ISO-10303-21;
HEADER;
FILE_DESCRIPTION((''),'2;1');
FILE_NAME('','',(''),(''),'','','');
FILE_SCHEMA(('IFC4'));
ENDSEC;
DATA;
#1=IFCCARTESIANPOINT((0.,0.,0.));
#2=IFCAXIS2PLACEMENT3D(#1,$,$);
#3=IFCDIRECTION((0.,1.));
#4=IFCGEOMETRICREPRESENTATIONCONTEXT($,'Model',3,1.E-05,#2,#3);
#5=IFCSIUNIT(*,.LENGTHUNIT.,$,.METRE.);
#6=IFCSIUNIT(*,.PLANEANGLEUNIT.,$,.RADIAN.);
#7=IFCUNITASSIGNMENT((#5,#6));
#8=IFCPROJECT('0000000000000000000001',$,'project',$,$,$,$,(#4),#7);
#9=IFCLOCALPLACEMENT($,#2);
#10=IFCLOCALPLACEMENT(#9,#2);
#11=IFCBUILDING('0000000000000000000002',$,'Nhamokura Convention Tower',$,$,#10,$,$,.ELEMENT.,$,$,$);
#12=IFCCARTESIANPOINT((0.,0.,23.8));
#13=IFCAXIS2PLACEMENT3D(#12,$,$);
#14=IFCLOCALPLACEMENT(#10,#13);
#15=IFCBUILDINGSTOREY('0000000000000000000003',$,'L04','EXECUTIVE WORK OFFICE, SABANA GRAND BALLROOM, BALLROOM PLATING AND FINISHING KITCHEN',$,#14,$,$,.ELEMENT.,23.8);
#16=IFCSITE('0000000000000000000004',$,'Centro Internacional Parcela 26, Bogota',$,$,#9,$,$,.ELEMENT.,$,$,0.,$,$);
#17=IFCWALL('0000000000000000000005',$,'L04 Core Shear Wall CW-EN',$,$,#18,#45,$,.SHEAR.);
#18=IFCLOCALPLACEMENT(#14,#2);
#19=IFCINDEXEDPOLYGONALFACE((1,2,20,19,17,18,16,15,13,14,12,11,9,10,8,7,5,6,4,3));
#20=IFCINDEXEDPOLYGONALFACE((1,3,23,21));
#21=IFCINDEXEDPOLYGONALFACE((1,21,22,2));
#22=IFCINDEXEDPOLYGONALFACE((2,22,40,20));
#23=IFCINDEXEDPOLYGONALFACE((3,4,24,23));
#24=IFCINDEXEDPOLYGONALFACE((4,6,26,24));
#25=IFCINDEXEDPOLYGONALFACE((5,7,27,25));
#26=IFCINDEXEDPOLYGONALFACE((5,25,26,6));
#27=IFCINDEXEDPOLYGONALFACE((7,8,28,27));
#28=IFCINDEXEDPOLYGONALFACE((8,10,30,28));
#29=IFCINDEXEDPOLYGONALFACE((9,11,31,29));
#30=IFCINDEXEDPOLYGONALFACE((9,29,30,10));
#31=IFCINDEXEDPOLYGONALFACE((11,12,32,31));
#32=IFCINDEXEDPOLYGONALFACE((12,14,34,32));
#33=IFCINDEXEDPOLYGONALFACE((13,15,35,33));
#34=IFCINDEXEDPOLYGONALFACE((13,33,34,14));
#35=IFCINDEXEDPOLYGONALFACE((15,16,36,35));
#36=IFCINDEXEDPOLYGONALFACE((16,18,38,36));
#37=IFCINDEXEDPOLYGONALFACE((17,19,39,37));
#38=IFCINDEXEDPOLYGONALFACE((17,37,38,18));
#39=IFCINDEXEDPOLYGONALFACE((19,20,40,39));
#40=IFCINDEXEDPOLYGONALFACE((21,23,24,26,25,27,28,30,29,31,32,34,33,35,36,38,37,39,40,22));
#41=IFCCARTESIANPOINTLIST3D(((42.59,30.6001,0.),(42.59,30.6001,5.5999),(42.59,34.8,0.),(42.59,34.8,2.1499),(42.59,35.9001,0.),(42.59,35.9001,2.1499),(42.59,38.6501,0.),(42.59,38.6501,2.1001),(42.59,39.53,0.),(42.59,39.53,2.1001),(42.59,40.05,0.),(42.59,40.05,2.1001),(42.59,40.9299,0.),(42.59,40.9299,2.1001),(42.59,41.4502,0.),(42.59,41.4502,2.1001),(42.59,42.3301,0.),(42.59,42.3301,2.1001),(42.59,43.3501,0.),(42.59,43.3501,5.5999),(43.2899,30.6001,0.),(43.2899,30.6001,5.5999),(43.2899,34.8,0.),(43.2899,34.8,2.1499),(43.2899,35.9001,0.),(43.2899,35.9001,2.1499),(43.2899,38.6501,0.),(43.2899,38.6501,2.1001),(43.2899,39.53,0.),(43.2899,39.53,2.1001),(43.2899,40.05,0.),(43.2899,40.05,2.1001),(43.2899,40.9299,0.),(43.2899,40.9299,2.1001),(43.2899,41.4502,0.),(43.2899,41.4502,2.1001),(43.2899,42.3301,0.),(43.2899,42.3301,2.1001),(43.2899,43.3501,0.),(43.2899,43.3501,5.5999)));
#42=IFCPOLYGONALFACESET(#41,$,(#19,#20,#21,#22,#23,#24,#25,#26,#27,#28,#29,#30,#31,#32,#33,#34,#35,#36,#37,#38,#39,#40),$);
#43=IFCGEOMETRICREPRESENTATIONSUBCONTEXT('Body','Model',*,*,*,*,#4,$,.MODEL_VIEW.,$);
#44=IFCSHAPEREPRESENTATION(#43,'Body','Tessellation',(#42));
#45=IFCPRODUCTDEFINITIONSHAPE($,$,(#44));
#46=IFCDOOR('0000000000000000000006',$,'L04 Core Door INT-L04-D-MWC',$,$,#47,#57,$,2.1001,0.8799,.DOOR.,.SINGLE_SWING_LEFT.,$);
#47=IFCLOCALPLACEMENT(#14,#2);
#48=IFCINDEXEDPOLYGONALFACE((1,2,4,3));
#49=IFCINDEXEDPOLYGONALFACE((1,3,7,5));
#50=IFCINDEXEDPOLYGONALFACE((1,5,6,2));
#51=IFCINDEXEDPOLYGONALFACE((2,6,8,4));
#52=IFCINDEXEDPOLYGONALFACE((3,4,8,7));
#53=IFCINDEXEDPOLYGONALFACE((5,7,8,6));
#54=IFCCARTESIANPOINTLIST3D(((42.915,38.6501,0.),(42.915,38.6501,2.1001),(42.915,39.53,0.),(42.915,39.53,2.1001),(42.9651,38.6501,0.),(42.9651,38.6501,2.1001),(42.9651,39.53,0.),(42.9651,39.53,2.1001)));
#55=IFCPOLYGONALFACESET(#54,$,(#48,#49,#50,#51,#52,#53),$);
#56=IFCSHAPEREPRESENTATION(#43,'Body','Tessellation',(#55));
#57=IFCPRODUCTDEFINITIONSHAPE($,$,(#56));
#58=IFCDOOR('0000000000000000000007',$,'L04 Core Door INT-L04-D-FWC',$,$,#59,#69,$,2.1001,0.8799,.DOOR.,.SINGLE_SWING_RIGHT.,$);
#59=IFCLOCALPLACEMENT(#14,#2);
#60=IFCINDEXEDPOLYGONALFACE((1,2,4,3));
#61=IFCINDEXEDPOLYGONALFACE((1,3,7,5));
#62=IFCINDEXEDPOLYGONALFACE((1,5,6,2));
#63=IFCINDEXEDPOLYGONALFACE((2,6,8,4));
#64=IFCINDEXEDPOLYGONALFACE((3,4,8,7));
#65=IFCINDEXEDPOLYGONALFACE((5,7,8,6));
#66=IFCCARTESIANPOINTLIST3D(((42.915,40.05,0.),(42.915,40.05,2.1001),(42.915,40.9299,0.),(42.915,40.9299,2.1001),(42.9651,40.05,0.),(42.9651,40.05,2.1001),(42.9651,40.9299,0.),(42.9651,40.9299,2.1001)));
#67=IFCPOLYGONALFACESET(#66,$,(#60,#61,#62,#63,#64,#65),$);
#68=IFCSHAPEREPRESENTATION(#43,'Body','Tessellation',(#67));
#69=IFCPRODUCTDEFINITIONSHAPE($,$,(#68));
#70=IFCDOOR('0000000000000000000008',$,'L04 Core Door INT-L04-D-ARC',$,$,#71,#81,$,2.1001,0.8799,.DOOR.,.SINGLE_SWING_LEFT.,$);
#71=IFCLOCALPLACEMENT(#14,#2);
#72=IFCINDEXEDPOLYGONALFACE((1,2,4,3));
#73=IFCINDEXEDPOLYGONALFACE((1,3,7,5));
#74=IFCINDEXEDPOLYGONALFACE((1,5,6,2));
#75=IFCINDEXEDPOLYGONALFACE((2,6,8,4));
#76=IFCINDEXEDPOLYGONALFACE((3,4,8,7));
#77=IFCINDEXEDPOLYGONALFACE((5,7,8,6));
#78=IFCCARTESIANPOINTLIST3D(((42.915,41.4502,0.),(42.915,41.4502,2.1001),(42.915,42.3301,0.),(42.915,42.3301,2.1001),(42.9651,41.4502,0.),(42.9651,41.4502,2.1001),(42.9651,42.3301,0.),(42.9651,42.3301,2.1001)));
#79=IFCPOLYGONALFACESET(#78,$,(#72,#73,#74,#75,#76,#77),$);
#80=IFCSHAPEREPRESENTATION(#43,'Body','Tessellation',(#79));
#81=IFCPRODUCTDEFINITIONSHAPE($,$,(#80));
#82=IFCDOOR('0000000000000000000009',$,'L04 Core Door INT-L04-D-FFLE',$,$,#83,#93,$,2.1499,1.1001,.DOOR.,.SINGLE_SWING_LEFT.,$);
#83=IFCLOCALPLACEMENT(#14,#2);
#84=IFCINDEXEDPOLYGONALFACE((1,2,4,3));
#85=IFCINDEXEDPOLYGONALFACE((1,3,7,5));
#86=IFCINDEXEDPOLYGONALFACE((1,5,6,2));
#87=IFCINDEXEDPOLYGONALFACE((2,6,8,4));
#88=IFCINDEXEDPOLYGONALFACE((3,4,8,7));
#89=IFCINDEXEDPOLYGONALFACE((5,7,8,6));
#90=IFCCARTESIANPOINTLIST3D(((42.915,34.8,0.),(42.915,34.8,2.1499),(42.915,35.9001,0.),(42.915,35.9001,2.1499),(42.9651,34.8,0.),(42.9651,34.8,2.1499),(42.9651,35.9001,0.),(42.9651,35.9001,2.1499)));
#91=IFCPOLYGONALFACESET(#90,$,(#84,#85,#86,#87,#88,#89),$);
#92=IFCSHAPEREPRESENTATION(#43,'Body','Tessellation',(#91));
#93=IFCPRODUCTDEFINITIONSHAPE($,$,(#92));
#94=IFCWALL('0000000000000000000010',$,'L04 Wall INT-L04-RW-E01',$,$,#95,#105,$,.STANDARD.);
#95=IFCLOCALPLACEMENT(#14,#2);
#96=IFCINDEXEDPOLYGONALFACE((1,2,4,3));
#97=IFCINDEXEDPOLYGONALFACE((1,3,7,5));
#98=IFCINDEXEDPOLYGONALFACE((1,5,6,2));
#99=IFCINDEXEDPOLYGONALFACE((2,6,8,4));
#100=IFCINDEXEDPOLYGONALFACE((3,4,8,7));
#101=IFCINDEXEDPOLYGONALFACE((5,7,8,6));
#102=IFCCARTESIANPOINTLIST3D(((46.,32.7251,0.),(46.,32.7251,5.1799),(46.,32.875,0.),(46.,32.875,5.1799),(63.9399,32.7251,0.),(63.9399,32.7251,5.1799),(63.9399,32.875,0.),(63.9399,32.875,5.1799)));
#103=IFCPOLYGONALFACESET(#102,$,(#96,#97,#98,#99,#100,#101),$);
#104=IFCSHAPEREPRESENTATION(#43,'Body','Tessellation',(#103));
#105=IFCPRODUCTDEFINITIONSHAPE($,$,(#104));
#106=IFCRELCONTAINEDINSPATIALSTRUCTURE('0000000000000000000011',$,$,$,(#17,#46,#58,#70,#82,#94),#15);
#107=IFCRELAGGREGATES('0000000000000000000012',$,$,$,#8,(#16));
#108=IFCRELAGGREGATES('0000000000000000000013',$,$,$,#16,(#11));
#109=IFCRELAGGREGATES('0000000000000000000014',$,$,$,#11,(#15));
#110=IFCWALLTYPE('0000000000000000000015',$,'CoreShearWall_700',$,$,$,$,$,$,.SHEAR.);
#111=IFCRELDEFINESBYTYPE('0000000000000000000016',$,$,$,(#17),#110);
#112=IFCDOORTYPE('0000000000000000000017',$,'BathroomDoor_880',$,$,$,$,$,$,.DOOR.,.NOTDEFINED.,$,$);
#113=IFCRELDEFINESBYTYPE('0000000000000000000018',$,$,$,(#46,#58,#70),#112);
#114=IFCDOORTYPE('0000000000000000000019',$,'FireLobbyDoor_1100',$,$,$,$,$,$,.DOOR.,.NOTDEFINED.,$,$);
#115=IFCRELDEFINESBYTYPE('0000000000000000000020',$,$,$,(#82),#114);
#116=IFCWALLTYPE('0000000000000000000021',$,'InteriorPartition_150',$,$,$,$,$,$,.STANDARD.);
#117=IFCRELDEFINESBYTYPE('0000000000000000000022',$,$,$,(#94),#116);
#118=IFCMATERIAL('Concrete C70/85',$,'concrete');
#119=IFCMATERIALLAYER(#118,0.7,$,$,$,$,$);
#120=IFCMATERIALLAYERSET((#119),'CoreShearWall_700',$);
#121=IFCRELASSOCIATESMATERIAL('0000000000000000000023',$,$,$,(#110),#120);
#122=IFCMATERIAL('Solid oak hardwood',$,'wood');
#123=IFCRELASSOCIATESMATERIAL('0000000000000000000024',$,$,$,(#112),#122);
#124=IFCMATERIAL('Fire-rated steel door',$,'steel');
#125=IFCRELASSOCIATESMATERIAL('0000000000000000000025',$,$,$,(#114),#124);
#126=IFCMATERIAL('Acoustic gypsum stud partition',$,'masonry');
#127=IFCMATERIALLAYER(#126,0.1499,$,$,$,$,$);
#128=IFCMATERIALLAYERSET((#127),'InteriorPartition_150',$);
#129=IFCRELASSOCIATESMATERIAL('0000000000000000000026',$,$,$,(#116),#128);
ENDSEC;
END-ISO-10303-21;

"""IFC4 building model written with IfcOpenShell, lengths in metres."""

from ifc_helpers import new_model, si_unit, direction, frame, frame_2d, origin, place, context, subcontext, project, spatial, rectangle, extrude, material, layer, layer_set, type_object, element, fill, save


model = new_model("IFC4")

# Units and contexts
model_context = context("Model", 3, precision=1e-05, world=origin(), true_north=direction((0.0, 1.0)))
body_context = subcontext(model_context, "Body", "Model", "MODEL_VIEW")
ifc_project = project(units=[si_unit("LENGTHUNIT", "METRE"), si_unit("PLANEANGLEUNIT", "RADIAN")], contexts=[model_context])

# Site, building, storey
site_placement = place(None, origin())
site = spatial("IfcSite", under=ifc_project, at=site_placement, Name="Centro Internacional Parcela 26, Bogota", CompositionType="ELEMENT", RefElevation=0.0)
building_placement = place(site_placement, origin())
building = spatial("IfcBuilding", under=site, at=building_placement, Name="Nhamokura Convention Tower", CompositionType="ELEMENT")
storey_placement = place(building_placement, frame((0.0, 0.0, 23.8)))
storey = spatial("IfcBuildingStorey", under=building, at=storey_placement, Name="L04", Description="EXECUTIVE WORK OFFICE, SABANA GRAND BALLROOM, BALLROOM PLATING AND FINISHING KITCHEN", CompositionType="ELEMENT", Elevation=23.8)

# Wall, openings, doors
ifc_material_1 = material(Name="Concrete C70/85", Category="concrete")
ifc_layer_1 = layer(ifc_material_1, 0.7)
ifc_layer_set_1 = layer_set([ifc_layer_1], Name="CoreShearWall_700")
wall_type_1 = type_object("IfcWallType", Name="CoreShearWall_700", PredefinedType="SHEAR", material=ifc_layer_set_1)
wall_1_placement = place(storey_placement, frame((42.9399, 30.6001, 0.0), z_axis=(0.0, 0.0, 1.0), x_axis=(0.0, 1.0, 0.0)))
wall_1 = element("IfcWall", 1, at=wall_1_placement, inside=storey, type_object=wall_type_1, Name="L04 Core Shear Wall CW-EN", PredefinedType="SHEAR", context=body_context, shape_type="SweptSolid", body=[
    extrude(rectangle(XDim=12.75, YDim=0.7, at=frame_2d((6.375, 0.0))), origin(), (0.0, 0.0, 1.0), 5.5999),
])
opening_1_placement = place(wall_1_placement, frame((4.2, 0.0, 0.0)))
opening_1 = element("IfcOpeningElement", 2, at=opening_1_placement, cuts=wall_1, PredefinedType="OPENING", context=body_context, shape_type="SweptSolid", body=[
    extrude(rectangle(XDim=1.1001, YDim=2.1499, at=frame_2d((0.55, 1.075))), frame((0.0, 0.3599, 0.0), z_axis=(0.0, -1.0, 0.0), x_axis=(1.0, 0.0, 0.0)), (0.0, 0.0, 1.0), 0.72),
])
opening_2_placement = place(wall_1_placement, frame((8.05, 0.0, 0.0)))
opening_2 = element("IfcOpeningElement", 3, at=opening_2_placement, cuts=wall_1, PredefinedType="OPENING", context=body_context, shape_type="SweptSolid", body=[
    extrude(rectangle(XDim=0.8799, YDim=2.1001, at=frame_2d((0.4399, 1.05))), frame((0.0, 0.3599, 0.0), z_axis=(0.0, -1.0, 0.0), x_axis=(1.0, 0.0, 0.0)), (0.0, 0.0, 1.0), 0.72),
])
opening_3_placement = place(wall_1_placement, frame((9.45, 0.0, 0.0)))
opening_3 = element("IfcOpeningElement", 4, at=opening_3_placement, cuts=wall_1, PredefinedType="OPENING", context=body_context, shape_type="SweptSolid", body=[
    extrude(rectangle(XDim=0.8799, YDim=2.1001, at=frame_2d((0.4399, 1.05))), frame((0.0, 0.3599, 0.0), z_axis=(0.0, -1.0, 0.0), x_axis=(1.0, 0.0, 0.0)), (0.0, 0.0, 1.0), 0.72),
])
opening_4_placement = place(wall_1_placement, frame((10.8501, 0.0, 0.0)))
opening_4 = element("IfcOpeningElement", 5, at=opening_4_placement, cuts=wall_1, PredefinedType="OPENING", context=body_context, shape_type="SweptSolid", body=[
    extrude(rectangle(XDim=0.8799, YDim=2.1001, at=frame_2d((0.4399, 1.05))), frame((0.0, 0.3599, 0.0), z_axis=(0.0, -1.0, 0.0), x_axis=(1.0, 0.0, 0.0)), (0.0, 0.0, 1.0), 0.72),
])
ifc_material_2 = material(Name="Solid oak hardwood", Category="wood")
door_type_1 = type_object("IfcDoorType", Name="BathroomDoor_880", OperationType="NOTDEFINED", PredefinedType="DOOR", material=ifc_material_2)
door_1_placement = place(opening_2_placement, origin())
door_1 = element("IfcDoor", 6, at=door_1_placement, inside=storey, type_object=door_type_1, Name="L04 Core Door INT-L04-D-MWC", OperationType="SINGLE_SWING_LEFT", OverallHeight=2.1001, OverallWidth=0.8799, PredefinedType="DOOR", context=body_context, shape_type="SweptSolid", body=[
    extrude(rectangle(XDim=0.8799, YDim=2.1001, at=frame_2d((0.4399, 1.05))), frame((0.0, 0.0249, 0.0), z_axis=(0.0, -1.0, 0.0), x_axis=(1.0, 0.0, 0.0)), (0.0, 0.0, 1.0), 0.05),
])
fill(opening_2, door_1)
door_2_placement = place(opening_3_placement, origin())
door_2 = element("IfcDoor", 7, at=door_2_placement, inside=storey, type_object=door_type_1, Name="L04 Core Door INT-L04-D-FWC", OperationType="SINGLE_SWING_RIGHT", OverallHeight=2.1001, OverallWidth=0.8799, PredefinedType="DOOR", context=body_context, shape_type="SweptSolid", body=[
    extrude(rectangle(XDim=0.8799, YDim=2.1001, at=frame_2d((0.4399, 1.05))), frame((0.0, 0.0249, 0.0), z_axis=(0.0, -1.0, 0.0), x_axis=(1.0, 0.0, 0.0)), (0.0, 0.0, 1.0), 0.05),
])
fill(opening_3, door_2)
door_3_placement = place(opening_4_placement, origin())
door_3 = element("IfcDoor", 8, at=door_3_placement, inside=storey, type_object=door_type_1, Name="L04 Core Door INT-L04-D-ARC", OperationType="SINGLE_SWING_LEFT", OverallHeight=2.1001, OverallWidth=0.8799, PredefinedType="DOOR", context=body_context, shape_type="SweptSolid", body=[
    extrude(rectangle(XDim=0.8799, YDim=2.1001, at=frame_2d((0.4399, 1.05))), frame((0.0, 0.0249, 0.0), z_axis=(0.0, -1.0, 0.0), x_axis=(1.0, 0.0, 0.0)), (0.0, 0.0, 1.0), 0.05),
])
fill(opening_4, door_3)
ifc_material_3 = material(Name="Fire-rated steel door", Category="steel")
door_type_2 = type_object("IfcDoorType", Name="FireLobbyDoor_1100", OperationType="NOTDEFINED", PredefinedType="DOOR", material=ifc_material_3)
door_4_placement = place(opening_1_placement, origin())
door_4 = element("IfcDoor", 9, at=door_4_placement, inside=storey, type_object=door_type_2, Name="L04 Core Door INT-L04-D-FFLE", OperationType="SINGLE_SWING_LEFT", OverallHeight=2.1499, OverallWidth=1.1001, PredefinedType="DOOR", context=body_context, shape_type="SweptSolid", body=[
    extrude(rectangle(XDim=1.1001, YDim=2.1499, at=frame_2d((0.55, 1.075))), frame((0.0, 0.0249, 0.0), z_axis=(0.0, -1.0, 0.0), x_axis=(1.0, 0.0, 0.0)), (0.0, 0.0, 1.0), 0.05),
])
fill(opening_1, door_4)

# Wall
ifc_material_4 = material(Name="Acoustic gypsum stud partition", Category="masonry")
ifc_layer_2 = layer(ifc_material_4, 0.1499)
ifc_layer_set_2 = layer_set([ifc_layer_2], Name="InteriorPartition_150")
wall_type_2 = type_object("IfcWallType", Name="InteriorPartition_150", PredefinedType="STANDARD", material=ifc_layer_set_2)
wall_2_placement = place(storey_placement, frame((46.0, 32.8, 0.0), z_axis=(0.0, 0.0, 1.0), x_axis=(1.0, 0.0, 0.0)))
element("IfcWall", 10, at=wall_2_placement, inside=storey, type_object=wall_type_2, Name="L04 Wall INT-L04-RW-E01", PredefinedType="STANDARD", context=body_context, shape_type="SweptSolid", body=[
    extrude(rectangle(XDim=17.9399, YDim=0.1499, at=frame_2d((8.97, 0.0))), origin(), (0.0, 0.0, 1.0), 5.1799),
])

save(model, "model.ifc")
